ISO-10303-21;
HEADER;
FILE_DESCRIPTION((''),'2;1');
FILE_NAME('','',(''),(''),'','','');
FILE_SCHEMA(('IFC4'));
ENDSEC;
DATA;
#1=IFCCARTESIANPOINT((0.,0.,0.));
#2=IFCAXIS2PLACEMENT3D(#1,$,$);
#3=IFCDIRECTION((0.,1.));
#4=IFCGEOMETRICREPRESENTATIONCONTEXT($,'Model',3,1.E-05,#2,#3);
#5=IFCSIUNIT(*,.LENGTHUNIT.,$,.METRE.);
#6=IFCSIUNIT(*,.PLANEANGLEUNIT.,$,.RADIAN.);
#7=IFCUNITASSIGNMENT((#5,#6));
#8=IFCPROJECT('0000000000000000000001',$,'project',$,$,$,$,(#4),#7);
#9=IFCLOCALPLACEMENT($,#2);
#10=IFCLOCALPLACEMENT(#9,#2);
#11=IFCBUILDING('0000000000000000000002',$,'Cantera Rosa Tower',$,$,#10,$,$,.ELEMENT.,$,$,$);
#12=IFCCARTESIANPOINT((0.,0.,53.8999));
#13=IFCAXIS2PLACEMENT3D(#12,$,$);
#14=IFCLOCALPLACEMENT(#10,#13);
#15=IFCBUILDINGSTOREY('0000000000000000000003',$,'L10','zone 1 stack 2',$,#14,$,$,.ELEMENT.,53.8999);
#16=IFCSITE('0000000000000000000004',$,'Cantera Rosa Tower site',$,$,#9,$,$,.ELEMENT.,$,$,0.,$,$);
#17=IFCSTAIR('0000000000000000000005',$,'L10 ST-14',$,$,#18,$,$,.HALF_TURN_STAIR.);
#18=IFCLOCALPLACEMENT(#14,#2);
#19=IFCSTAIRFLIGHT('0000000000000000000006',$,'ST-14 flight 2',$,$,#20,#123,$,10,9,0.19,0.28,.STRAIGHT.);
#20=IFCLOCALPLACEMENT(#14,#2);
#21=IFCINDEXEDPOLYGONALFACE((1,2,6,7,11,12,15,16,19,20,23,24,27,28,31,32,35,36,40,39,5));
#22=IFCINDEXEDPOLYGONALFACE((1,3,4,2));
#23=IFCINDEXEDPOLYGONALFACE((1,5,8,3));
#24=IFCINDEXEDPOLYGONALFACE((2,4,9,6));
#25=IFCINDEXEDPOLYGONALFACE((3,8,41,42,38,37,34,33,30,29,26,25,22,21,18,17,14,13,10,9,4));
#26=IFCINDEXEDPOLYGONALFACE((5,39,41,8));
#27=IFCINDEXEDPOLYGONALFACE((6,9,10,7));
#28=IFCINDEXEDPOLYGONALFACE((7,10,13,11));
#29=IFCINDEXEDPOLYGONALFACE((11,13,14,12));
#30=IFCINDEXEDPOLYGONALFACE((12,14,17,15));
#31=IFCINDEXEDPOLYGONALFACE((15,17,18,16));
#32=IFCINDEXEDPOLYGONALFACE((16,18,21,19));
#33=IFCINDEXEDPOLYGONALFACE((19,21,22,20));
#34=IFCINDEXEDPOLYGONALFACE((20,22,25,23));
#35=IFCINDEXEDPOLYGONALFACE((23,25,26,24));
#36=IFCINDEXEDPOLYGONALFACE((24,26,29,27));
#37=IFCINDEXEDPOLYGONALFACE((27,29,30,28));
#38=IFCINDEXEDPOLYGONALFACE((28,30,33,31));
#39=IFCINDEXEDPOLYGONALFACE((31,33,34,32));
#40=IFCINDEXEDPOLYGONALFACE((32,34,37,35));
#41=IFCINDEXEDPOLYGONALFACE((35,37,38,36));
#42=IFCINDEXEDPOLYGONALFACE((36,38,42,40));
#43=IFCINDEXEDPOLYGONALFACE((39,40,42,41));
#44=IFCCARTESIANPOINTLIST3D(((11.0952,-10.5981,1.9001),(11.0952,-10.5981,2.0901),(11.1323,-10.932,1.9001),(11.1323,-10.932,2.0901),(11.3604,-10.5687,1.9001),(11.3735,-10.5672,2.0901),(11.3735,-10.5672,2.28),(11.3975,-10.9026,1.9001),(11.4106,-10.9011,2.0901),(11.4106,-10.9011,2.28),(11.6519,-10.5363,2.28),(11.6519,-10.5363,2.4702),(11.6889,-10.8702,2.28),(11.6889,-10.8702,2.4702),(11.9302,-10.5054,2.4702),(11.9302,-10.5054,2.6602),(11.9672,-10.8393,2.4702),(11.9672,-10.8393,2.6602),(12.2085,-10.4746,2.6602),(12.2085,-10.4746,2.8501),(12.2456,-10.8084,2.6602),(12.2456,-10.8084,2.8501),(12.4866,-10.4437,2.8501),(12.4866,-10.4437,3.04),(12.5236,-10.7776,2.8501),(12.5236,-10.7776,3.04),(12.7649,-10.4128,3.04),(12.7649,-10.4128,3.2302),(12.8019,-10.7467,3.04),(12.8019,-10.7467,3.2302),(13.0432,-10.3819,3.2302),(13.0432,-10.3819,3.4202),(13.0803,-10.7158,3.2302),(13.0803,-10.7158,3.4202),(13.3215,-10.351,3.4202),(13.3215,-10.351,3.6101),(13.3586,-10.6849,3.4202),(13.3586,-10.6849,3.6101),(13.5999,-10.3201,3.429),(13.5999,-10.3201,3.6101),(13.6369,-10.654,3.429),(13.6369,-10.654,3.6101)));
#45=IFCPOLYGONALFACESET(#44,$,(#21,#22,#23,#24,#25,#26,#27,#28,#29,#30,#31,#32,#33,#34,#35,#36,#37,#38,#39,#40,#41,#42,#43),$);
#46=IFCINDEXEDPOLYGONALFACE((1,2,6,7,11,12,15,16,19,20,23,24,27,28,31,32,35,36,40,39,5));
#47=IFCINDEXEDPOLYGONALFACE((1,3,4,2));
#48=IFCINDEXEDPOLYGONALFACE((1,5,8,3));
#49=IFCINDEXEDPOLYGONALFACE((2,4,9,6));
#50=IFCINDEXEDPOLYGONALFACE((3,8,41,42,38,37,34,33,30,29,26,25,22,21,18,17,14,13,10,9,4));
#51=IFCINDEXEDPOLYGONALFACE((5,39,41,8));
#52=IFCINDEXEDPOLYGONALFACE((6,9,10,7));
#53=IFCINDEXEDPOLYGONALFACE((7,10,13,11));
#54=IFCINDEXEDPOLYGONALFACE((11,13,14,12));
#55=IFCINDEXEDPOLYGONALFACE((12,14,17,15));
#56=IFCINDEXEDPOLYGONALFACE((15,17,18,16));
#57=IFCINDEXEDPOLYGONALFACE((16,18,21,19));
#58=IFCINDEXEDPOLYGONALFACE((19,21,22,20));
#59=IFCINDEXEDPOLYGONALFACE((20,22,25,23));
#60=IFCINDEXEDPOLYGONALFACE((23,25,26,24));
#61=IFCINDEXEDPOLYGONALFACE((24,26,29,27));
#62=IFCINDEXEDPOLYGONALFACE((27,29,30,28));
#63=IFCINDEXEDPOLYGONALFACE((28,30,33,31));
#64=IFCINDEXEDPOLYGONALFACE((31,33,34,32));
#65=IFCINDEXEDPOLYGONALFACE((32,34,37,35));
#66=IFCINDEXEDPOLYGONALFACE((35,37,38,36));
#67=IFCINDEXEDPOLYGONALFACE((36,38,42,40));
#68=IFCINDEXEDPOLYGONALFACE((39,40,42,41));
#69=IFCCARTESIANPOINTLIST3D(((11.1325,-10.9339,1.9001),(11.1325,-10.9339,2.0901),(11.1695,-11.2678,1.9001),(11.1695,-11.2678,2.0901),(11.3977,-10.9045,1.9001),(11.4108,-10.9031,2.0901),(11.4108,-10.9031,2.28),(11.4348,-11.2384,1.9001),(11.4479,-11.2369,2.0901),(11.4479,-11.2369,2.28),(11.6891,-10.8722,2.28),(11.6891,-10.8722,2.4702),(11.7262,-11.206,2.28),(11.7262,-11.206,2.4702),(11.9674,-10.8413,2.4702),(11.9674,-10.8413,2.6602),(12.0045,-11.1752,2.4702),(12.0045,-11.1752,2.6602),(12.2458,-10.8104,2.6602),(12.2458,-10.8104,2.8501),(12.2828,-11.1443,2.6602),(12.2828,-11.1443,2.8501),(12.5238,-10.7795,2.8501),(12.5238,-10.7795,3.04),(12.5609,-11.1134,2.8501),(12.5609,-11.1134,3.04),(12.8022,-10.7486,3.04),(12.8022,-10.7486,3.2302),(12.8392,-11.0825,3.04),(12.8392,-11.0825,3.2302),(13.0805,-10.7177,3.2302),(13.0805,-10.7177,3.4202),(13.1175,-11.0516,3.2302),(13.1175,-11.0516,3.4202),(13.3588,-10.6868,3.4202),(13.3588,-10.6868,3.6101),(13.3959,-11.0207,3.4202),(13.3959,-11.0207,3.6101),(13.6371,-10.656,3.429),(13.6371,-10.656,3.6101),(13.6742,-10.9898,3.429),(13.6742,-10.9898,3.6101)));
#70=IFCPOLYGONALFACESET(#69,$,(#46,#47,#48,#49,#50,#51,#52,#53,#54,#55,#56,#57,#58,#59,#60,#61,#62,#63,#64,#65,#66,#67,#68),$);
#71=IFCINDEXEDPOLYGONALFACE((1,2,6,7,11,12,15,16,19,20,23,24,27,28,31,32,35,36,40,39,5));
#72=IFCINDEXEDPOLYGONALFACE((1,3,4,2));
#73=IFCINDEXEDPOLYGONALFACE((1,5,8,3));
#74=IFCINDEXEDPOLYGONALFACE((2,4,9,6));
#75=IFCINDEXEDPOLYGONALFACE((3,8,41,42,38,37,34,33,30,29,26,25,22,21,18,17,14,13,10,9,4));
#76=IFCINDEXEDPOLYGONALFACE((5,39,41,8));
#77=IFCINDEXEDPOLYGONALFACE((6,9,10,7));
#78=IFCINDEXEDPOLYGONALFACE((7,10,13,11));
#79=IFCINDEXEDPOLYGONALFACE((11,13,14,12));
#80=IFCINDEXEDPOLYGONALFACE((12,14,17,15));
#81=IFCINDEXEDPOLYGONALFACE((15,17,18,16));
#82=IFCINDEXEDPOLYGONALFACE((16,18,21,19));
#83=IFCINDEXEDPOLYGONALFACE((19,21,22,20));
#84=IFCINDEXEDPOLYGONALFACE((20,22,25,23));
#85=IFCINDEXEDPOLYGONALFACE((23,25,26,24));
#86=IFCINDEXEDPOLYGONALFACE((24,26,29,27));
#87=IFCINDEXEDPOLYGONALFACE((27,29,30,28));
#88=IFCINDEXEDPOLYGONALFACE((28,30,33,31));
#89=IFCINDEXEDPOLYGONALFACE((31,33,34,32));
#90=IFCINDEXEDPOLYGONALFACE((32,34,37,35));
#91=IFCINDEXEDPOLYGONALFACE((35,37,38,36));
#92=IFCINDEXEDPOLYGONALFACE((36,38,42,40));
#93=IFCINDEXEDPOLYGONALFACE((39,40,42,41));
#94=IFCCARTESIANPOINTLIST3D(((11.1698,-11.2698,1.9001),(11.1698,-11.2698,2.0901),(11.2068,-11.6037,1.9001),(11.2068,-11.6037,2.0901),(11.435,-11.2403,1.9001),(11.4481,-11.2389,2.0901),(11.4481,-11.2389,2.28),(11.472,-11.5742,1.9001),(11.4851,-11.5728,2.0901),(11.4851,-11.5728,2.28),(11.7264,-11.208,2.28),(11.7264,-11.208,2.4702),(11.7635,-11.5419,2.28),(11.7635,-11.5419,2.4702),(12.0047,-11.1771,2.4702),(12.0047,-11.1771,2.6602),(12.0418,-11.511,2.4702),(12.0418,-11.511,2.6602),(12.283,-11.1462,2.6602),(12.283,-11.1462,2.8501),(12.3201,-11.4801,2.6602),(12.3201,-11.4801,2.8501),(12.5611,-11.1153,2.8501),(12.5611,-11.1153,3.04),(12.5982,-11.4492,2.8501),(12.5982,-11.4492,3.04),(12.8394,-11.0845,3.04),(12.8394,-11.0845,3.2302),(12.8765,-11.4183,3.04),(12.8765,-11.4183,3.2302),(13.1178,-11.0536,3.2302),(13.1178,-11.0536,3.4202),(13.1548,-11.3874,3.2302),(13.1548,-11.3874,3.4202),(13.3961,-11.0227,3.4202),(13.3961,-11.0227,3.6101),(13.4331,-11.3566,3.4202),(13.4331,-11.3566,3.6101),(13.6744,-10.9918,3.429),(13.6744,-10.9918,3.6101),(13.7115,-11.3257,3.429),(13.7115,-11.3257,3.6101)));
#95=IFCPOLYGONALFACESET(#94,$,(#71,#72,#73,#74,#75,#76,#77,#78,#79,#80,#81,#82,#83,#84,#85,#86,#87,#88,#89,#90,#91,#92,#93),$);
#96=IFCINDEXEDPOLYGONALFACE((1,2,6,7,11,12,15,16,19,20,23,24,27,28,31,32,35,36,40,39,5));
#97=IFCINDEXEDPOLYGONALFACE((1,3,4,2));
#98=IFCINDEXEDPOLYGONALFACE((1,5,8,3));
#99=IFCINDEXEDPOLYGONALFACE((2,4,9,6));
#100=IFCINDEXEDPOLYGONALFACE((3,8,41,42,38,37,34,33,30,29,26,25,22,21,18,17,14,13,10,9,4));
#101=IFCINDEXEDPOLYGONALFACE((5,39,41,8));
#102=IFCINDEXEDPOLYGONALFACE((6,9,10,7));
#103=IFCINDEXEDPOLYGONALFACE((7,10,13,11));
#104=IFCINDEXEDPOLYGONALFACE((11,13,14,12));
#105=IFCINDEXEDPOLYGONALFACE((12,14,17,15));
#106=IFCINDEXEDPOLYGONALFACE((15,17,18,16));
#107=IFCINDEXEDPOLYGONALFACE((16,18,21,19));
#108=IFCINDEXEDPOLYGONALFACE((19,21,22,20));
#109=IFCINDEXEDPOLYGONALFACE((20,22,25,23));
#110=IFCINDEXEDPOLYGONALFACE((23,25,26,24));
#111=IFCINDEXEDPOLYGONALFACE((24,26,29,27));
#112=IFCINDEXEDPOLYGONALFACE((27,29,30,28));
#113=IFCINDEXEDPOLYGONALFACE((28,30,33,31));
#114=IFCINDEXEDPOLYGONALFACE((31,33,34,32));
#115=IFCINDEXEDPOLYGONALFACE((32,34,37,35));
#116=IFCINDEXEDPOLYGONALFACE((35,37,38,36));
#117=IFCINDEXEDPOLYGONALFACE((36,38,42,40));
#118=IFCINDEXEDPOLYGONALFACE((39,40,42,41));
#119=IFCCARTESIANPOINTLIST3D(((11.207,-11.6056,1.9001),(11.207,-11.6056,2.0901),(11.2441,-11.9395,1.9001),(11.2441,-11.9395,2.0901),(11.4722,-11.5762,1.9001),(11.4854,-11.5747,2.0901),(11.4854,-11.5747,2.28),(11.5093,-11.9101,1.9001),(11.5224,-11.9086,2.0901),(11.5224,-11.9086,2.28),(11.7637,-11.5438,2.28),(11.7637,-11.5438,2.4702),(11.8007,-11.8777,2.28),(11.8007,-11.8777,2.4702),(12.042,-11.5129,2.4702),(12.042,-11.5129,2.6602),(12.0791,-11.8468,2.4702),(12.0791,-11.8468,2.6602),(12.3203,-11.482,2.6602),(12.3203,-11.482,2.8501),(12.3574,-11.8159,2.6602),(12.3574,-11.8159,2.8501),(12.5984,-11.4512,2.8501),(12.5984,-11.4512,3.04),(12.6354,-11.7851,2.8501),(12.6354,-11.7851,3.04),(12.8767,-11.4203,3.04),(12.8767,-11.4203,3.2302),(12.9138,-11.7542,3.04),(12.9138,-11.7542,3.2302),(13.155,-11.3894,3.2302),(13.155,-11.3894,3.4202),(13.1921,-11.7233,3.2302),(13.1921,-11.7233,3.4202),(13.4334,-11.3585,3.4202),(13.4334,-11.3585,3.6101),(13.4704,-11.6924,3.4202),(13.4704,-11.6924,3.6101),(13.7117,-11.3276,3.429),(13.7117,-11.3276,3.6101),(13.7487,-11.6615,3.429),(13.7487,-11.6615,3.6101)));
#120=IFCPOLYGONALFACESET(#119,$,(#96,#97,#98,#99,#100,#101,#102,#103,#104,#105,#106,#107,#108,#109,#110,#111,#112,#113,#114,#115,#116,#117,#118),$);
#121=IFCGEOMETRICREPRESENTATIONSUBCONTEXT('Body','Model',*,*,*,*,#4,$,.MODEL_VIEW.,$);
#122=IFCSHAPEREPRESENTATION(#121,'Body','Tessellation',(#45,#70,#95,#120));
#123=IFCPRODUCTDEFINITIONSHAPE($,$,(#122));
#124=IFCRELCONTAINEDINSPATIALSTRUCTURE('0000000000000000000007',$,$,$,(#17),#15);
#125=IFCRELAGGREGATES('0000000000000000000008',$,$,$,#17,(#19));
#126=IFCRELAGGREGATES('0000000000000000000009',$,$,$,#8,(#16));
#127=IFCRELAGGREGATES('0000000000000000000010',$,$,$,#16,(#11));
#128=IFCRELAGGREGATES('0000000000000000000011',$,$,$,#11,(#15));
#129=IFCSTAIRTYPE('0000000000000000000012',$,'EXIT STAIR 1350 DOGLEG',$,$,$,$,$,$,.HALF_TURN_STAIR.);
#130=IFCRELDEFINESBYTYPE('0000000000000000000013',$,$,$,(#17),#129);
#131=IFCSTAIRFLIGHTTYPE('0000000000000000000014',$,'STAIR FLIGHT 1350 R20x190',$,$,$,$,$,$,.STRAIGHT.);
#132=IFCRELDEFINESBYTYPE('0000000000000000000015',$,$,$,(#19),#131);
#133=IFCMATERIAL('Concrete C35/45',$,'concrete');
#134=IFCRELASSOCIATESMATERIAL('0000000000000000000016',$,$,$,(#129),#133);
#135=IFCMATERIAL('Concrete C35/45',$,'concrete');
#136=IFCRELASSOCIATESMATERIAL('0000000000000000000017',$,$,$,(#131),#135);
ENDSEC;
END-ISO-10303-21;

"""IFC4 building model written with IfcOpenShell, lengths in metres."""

from ifc_helpers import new_model, si_unit, direction, frame, origin, place, context, subcontext, project, spatial, polyline, outline, extrude, material, type_object, element, aggregate, save


model = new_model("IFC4")

# Units and contexts
model_context = context("Model", 3, precision=1e-05, world=origin(), true_north=direction((0.0, 1.0)))
body_context = subcontext(model_context, "Body", "Model", "MODEL_VIEW")
ifc_project = project(units=[si_unit("LENGTHUNIT", "METRE"), si_unit("PLANEANGLEUNIT", "RADIAN")], contexts=[model_context])

# Site, building, storey
site_placement = place(None, origin())
site = spatial("IfcSite", under=ifc_project, at=site_placement, Name="Cantera Rosa Tower site", CompositionType="ELEMENT", RefElevation=0.0)
building_placement = place(site_placement, origin())
building = spatial("IfcBuilding", under=site, at=building_placement, Name="Cantera Rosa Tower", CompositionType="ELEMENT")
storey_placement = place(building_placement, frame((0.0, 0.0, 53.8999)))
storey = spatial("IfcBuildingStorey", under=building, at=storey_placement, Name="L10", Description="zone 1 stack 2", CompositionType="ELEMENT", Elevation=53.8999)

# Stair, stair flight
ifc_material_1 = material(Name="Concrete C35/45", Category="concrete")
stair_type = type_object("IfcStairType", Name="EXIT STAIR 1350 DOGLEG", PredefinedType="HALF_TURN_STAIR", material=ifc_material_1)
stair_placement = place(storey_placement, origin())
stair = element("IfcStair", 1, at=stair_placement, inside=storey, type_object=stair_type, Name="L10 ST-14", PredefinedType="HALF_TURN_STAIR")
ifc_material_2 = material(Name="Concrete C35/45", Category="concrete")
stair_flight_type = type_object("IfcStairFlightType", Name="STAIR FLIGHT 1350 R20x190", PredefinedType="STRAIGHT", material=ifc_material_2)
stair_flight_1_placement = place(storey_placement, frame((11.1697, -11.269, 1.9001), z_axis=(0.0, 0.0, 1.0), x_axis=(0.993897, 0.110313, 0.0)))
stair_flight_1 = element("IfcStairFlight", 2, at=stair_flight_1_placement, type_object=stair_flight_type, Name="ST-14 flight 2", NumberOfRisers=10, NumberOfTreads=9, PredefinedType="STRAIGHT", RiserHeight=0.19, TreadLength=0.28, context=body_context, shape_type="SweptSolid", body=[
    extrude(outline(polyline([(0.0, 0.0), (0.0, 0.1899), (0.28, 0.1899), (0.28, 0.3799), (0.5601, 0.3799), (0.5601, 0.5701), (0.8401, 0.5701), (0.8401, 0.76), (1.1201, 0.76), (1.1201, 0.95), (1.3999, 0.95), (1.3999, 1.1399), (1.6799, 1.1399), (1.6799, 1.3301), (1.96, 1.3301), (1.96, 1.52), (2.24, 1.52), (2.24, 1.71), (2.52, 1.71), (2.52, 1.8999), (2.52, 1.5288), (0.2668, 0.0), (0.0, 0.0)])), frame((0.0, 0.675, 0.0), z_axis=(0.0, -1.0, 0.0), x_axis=(1.0, 0.0, 0.0)), (0.0, 0.0, 1.0), 0.3359),
    extrude(outline(polyline([(0.0, 0.0), (0.0, 0.1899), (0.28, 0.1899), (0.28, 0.3799), (0.5601, 0.3799), (0.5601, 0.5701), (0.8401, 0.5701), (0.8401, 0.76), (1.1201, 0.76), (1.1201, 0.95), (1.3999, 0.95), (1.3999, 1.1399), (1.6799, 1.1399), (1.6799, 1.3301), (1.96, 1.3301), (1.96, 1.52), (2.24, 1.52), (2.24, 1.71), (2.52, 1.71), (2.52, 1.8999), (2.52, 1.5288), (0.2668, 0.0), (0.0, 0.0)])), frame((0.0, 0.3372, 0.0), z_axis=(0.0, -1.0, 0.0), x_axis=(1.0, 0.0, 0.0)), (0.0, 0.0, 1.0), 0.3359),
    extrude(outline(polyline([(0.0, 0.0), (0.0, 0.1899), (0.28, 0.1899), (0.28, 0.3799), (0.5601, 0.3799), (0.5601, 0.5701), (0.8401, 0.5701), (0.8401, 0.76), (1.1201, 0.76), (1.1201, 0.95), (1.3999, 0.95), (1.3999, 1.1399), (1.6799, 1.1399), (1.6799, 1.3301), (1.96, 1.3301), (1.96, 1.52), (2.24, 1.52), (2.24, 1.71), (2.52, 1.71), (2.52, 1.8999), (2.52, 1.5288), (0.2668, 0.0), (0.0, 0.0)])), frame((0.0, -0.0007, 0.0), z_axis=(0.0, -1.0, 0.0), x_axis=(1.0, 0.0, 0.0)), (0.0, 0.0, 1.0), 0.3359),
    extrude(outline(polyline([(0.0, 0.0), (0.0, 0.1899), (0.28, 0.1899), (0.28, 0.3799), (0.5601, 0.3799), (0.5601, 0.5701), (0.8401, 0.5701), (0.8401, 0.76), (1.1201, 0.76), (1.1201, 0.95), (1.3999, 0.95), (1.3999, 1.1399), (1.6799, 1.1399), (1.6799, 1.3301), (1.96, 1.3301), (1.96, 1.52), (2.24, 1.52), (2.24, 1.71), (2.52, 1.71), (2.52, 1.8999), (2.52, 1.5288), (0.2668, 0.0), (0.0, 0.0)])), frame((0.0, -0.3386, 0.0), z_axis=(0.0, -1.0, 0.0), x_axis=(1.0, 0.0, 0.0)), (0.0, 0.0, 1.0), 0.3359),
])
aggregate(stair, [stair_flight_1])

save(model, "model.ifc")
